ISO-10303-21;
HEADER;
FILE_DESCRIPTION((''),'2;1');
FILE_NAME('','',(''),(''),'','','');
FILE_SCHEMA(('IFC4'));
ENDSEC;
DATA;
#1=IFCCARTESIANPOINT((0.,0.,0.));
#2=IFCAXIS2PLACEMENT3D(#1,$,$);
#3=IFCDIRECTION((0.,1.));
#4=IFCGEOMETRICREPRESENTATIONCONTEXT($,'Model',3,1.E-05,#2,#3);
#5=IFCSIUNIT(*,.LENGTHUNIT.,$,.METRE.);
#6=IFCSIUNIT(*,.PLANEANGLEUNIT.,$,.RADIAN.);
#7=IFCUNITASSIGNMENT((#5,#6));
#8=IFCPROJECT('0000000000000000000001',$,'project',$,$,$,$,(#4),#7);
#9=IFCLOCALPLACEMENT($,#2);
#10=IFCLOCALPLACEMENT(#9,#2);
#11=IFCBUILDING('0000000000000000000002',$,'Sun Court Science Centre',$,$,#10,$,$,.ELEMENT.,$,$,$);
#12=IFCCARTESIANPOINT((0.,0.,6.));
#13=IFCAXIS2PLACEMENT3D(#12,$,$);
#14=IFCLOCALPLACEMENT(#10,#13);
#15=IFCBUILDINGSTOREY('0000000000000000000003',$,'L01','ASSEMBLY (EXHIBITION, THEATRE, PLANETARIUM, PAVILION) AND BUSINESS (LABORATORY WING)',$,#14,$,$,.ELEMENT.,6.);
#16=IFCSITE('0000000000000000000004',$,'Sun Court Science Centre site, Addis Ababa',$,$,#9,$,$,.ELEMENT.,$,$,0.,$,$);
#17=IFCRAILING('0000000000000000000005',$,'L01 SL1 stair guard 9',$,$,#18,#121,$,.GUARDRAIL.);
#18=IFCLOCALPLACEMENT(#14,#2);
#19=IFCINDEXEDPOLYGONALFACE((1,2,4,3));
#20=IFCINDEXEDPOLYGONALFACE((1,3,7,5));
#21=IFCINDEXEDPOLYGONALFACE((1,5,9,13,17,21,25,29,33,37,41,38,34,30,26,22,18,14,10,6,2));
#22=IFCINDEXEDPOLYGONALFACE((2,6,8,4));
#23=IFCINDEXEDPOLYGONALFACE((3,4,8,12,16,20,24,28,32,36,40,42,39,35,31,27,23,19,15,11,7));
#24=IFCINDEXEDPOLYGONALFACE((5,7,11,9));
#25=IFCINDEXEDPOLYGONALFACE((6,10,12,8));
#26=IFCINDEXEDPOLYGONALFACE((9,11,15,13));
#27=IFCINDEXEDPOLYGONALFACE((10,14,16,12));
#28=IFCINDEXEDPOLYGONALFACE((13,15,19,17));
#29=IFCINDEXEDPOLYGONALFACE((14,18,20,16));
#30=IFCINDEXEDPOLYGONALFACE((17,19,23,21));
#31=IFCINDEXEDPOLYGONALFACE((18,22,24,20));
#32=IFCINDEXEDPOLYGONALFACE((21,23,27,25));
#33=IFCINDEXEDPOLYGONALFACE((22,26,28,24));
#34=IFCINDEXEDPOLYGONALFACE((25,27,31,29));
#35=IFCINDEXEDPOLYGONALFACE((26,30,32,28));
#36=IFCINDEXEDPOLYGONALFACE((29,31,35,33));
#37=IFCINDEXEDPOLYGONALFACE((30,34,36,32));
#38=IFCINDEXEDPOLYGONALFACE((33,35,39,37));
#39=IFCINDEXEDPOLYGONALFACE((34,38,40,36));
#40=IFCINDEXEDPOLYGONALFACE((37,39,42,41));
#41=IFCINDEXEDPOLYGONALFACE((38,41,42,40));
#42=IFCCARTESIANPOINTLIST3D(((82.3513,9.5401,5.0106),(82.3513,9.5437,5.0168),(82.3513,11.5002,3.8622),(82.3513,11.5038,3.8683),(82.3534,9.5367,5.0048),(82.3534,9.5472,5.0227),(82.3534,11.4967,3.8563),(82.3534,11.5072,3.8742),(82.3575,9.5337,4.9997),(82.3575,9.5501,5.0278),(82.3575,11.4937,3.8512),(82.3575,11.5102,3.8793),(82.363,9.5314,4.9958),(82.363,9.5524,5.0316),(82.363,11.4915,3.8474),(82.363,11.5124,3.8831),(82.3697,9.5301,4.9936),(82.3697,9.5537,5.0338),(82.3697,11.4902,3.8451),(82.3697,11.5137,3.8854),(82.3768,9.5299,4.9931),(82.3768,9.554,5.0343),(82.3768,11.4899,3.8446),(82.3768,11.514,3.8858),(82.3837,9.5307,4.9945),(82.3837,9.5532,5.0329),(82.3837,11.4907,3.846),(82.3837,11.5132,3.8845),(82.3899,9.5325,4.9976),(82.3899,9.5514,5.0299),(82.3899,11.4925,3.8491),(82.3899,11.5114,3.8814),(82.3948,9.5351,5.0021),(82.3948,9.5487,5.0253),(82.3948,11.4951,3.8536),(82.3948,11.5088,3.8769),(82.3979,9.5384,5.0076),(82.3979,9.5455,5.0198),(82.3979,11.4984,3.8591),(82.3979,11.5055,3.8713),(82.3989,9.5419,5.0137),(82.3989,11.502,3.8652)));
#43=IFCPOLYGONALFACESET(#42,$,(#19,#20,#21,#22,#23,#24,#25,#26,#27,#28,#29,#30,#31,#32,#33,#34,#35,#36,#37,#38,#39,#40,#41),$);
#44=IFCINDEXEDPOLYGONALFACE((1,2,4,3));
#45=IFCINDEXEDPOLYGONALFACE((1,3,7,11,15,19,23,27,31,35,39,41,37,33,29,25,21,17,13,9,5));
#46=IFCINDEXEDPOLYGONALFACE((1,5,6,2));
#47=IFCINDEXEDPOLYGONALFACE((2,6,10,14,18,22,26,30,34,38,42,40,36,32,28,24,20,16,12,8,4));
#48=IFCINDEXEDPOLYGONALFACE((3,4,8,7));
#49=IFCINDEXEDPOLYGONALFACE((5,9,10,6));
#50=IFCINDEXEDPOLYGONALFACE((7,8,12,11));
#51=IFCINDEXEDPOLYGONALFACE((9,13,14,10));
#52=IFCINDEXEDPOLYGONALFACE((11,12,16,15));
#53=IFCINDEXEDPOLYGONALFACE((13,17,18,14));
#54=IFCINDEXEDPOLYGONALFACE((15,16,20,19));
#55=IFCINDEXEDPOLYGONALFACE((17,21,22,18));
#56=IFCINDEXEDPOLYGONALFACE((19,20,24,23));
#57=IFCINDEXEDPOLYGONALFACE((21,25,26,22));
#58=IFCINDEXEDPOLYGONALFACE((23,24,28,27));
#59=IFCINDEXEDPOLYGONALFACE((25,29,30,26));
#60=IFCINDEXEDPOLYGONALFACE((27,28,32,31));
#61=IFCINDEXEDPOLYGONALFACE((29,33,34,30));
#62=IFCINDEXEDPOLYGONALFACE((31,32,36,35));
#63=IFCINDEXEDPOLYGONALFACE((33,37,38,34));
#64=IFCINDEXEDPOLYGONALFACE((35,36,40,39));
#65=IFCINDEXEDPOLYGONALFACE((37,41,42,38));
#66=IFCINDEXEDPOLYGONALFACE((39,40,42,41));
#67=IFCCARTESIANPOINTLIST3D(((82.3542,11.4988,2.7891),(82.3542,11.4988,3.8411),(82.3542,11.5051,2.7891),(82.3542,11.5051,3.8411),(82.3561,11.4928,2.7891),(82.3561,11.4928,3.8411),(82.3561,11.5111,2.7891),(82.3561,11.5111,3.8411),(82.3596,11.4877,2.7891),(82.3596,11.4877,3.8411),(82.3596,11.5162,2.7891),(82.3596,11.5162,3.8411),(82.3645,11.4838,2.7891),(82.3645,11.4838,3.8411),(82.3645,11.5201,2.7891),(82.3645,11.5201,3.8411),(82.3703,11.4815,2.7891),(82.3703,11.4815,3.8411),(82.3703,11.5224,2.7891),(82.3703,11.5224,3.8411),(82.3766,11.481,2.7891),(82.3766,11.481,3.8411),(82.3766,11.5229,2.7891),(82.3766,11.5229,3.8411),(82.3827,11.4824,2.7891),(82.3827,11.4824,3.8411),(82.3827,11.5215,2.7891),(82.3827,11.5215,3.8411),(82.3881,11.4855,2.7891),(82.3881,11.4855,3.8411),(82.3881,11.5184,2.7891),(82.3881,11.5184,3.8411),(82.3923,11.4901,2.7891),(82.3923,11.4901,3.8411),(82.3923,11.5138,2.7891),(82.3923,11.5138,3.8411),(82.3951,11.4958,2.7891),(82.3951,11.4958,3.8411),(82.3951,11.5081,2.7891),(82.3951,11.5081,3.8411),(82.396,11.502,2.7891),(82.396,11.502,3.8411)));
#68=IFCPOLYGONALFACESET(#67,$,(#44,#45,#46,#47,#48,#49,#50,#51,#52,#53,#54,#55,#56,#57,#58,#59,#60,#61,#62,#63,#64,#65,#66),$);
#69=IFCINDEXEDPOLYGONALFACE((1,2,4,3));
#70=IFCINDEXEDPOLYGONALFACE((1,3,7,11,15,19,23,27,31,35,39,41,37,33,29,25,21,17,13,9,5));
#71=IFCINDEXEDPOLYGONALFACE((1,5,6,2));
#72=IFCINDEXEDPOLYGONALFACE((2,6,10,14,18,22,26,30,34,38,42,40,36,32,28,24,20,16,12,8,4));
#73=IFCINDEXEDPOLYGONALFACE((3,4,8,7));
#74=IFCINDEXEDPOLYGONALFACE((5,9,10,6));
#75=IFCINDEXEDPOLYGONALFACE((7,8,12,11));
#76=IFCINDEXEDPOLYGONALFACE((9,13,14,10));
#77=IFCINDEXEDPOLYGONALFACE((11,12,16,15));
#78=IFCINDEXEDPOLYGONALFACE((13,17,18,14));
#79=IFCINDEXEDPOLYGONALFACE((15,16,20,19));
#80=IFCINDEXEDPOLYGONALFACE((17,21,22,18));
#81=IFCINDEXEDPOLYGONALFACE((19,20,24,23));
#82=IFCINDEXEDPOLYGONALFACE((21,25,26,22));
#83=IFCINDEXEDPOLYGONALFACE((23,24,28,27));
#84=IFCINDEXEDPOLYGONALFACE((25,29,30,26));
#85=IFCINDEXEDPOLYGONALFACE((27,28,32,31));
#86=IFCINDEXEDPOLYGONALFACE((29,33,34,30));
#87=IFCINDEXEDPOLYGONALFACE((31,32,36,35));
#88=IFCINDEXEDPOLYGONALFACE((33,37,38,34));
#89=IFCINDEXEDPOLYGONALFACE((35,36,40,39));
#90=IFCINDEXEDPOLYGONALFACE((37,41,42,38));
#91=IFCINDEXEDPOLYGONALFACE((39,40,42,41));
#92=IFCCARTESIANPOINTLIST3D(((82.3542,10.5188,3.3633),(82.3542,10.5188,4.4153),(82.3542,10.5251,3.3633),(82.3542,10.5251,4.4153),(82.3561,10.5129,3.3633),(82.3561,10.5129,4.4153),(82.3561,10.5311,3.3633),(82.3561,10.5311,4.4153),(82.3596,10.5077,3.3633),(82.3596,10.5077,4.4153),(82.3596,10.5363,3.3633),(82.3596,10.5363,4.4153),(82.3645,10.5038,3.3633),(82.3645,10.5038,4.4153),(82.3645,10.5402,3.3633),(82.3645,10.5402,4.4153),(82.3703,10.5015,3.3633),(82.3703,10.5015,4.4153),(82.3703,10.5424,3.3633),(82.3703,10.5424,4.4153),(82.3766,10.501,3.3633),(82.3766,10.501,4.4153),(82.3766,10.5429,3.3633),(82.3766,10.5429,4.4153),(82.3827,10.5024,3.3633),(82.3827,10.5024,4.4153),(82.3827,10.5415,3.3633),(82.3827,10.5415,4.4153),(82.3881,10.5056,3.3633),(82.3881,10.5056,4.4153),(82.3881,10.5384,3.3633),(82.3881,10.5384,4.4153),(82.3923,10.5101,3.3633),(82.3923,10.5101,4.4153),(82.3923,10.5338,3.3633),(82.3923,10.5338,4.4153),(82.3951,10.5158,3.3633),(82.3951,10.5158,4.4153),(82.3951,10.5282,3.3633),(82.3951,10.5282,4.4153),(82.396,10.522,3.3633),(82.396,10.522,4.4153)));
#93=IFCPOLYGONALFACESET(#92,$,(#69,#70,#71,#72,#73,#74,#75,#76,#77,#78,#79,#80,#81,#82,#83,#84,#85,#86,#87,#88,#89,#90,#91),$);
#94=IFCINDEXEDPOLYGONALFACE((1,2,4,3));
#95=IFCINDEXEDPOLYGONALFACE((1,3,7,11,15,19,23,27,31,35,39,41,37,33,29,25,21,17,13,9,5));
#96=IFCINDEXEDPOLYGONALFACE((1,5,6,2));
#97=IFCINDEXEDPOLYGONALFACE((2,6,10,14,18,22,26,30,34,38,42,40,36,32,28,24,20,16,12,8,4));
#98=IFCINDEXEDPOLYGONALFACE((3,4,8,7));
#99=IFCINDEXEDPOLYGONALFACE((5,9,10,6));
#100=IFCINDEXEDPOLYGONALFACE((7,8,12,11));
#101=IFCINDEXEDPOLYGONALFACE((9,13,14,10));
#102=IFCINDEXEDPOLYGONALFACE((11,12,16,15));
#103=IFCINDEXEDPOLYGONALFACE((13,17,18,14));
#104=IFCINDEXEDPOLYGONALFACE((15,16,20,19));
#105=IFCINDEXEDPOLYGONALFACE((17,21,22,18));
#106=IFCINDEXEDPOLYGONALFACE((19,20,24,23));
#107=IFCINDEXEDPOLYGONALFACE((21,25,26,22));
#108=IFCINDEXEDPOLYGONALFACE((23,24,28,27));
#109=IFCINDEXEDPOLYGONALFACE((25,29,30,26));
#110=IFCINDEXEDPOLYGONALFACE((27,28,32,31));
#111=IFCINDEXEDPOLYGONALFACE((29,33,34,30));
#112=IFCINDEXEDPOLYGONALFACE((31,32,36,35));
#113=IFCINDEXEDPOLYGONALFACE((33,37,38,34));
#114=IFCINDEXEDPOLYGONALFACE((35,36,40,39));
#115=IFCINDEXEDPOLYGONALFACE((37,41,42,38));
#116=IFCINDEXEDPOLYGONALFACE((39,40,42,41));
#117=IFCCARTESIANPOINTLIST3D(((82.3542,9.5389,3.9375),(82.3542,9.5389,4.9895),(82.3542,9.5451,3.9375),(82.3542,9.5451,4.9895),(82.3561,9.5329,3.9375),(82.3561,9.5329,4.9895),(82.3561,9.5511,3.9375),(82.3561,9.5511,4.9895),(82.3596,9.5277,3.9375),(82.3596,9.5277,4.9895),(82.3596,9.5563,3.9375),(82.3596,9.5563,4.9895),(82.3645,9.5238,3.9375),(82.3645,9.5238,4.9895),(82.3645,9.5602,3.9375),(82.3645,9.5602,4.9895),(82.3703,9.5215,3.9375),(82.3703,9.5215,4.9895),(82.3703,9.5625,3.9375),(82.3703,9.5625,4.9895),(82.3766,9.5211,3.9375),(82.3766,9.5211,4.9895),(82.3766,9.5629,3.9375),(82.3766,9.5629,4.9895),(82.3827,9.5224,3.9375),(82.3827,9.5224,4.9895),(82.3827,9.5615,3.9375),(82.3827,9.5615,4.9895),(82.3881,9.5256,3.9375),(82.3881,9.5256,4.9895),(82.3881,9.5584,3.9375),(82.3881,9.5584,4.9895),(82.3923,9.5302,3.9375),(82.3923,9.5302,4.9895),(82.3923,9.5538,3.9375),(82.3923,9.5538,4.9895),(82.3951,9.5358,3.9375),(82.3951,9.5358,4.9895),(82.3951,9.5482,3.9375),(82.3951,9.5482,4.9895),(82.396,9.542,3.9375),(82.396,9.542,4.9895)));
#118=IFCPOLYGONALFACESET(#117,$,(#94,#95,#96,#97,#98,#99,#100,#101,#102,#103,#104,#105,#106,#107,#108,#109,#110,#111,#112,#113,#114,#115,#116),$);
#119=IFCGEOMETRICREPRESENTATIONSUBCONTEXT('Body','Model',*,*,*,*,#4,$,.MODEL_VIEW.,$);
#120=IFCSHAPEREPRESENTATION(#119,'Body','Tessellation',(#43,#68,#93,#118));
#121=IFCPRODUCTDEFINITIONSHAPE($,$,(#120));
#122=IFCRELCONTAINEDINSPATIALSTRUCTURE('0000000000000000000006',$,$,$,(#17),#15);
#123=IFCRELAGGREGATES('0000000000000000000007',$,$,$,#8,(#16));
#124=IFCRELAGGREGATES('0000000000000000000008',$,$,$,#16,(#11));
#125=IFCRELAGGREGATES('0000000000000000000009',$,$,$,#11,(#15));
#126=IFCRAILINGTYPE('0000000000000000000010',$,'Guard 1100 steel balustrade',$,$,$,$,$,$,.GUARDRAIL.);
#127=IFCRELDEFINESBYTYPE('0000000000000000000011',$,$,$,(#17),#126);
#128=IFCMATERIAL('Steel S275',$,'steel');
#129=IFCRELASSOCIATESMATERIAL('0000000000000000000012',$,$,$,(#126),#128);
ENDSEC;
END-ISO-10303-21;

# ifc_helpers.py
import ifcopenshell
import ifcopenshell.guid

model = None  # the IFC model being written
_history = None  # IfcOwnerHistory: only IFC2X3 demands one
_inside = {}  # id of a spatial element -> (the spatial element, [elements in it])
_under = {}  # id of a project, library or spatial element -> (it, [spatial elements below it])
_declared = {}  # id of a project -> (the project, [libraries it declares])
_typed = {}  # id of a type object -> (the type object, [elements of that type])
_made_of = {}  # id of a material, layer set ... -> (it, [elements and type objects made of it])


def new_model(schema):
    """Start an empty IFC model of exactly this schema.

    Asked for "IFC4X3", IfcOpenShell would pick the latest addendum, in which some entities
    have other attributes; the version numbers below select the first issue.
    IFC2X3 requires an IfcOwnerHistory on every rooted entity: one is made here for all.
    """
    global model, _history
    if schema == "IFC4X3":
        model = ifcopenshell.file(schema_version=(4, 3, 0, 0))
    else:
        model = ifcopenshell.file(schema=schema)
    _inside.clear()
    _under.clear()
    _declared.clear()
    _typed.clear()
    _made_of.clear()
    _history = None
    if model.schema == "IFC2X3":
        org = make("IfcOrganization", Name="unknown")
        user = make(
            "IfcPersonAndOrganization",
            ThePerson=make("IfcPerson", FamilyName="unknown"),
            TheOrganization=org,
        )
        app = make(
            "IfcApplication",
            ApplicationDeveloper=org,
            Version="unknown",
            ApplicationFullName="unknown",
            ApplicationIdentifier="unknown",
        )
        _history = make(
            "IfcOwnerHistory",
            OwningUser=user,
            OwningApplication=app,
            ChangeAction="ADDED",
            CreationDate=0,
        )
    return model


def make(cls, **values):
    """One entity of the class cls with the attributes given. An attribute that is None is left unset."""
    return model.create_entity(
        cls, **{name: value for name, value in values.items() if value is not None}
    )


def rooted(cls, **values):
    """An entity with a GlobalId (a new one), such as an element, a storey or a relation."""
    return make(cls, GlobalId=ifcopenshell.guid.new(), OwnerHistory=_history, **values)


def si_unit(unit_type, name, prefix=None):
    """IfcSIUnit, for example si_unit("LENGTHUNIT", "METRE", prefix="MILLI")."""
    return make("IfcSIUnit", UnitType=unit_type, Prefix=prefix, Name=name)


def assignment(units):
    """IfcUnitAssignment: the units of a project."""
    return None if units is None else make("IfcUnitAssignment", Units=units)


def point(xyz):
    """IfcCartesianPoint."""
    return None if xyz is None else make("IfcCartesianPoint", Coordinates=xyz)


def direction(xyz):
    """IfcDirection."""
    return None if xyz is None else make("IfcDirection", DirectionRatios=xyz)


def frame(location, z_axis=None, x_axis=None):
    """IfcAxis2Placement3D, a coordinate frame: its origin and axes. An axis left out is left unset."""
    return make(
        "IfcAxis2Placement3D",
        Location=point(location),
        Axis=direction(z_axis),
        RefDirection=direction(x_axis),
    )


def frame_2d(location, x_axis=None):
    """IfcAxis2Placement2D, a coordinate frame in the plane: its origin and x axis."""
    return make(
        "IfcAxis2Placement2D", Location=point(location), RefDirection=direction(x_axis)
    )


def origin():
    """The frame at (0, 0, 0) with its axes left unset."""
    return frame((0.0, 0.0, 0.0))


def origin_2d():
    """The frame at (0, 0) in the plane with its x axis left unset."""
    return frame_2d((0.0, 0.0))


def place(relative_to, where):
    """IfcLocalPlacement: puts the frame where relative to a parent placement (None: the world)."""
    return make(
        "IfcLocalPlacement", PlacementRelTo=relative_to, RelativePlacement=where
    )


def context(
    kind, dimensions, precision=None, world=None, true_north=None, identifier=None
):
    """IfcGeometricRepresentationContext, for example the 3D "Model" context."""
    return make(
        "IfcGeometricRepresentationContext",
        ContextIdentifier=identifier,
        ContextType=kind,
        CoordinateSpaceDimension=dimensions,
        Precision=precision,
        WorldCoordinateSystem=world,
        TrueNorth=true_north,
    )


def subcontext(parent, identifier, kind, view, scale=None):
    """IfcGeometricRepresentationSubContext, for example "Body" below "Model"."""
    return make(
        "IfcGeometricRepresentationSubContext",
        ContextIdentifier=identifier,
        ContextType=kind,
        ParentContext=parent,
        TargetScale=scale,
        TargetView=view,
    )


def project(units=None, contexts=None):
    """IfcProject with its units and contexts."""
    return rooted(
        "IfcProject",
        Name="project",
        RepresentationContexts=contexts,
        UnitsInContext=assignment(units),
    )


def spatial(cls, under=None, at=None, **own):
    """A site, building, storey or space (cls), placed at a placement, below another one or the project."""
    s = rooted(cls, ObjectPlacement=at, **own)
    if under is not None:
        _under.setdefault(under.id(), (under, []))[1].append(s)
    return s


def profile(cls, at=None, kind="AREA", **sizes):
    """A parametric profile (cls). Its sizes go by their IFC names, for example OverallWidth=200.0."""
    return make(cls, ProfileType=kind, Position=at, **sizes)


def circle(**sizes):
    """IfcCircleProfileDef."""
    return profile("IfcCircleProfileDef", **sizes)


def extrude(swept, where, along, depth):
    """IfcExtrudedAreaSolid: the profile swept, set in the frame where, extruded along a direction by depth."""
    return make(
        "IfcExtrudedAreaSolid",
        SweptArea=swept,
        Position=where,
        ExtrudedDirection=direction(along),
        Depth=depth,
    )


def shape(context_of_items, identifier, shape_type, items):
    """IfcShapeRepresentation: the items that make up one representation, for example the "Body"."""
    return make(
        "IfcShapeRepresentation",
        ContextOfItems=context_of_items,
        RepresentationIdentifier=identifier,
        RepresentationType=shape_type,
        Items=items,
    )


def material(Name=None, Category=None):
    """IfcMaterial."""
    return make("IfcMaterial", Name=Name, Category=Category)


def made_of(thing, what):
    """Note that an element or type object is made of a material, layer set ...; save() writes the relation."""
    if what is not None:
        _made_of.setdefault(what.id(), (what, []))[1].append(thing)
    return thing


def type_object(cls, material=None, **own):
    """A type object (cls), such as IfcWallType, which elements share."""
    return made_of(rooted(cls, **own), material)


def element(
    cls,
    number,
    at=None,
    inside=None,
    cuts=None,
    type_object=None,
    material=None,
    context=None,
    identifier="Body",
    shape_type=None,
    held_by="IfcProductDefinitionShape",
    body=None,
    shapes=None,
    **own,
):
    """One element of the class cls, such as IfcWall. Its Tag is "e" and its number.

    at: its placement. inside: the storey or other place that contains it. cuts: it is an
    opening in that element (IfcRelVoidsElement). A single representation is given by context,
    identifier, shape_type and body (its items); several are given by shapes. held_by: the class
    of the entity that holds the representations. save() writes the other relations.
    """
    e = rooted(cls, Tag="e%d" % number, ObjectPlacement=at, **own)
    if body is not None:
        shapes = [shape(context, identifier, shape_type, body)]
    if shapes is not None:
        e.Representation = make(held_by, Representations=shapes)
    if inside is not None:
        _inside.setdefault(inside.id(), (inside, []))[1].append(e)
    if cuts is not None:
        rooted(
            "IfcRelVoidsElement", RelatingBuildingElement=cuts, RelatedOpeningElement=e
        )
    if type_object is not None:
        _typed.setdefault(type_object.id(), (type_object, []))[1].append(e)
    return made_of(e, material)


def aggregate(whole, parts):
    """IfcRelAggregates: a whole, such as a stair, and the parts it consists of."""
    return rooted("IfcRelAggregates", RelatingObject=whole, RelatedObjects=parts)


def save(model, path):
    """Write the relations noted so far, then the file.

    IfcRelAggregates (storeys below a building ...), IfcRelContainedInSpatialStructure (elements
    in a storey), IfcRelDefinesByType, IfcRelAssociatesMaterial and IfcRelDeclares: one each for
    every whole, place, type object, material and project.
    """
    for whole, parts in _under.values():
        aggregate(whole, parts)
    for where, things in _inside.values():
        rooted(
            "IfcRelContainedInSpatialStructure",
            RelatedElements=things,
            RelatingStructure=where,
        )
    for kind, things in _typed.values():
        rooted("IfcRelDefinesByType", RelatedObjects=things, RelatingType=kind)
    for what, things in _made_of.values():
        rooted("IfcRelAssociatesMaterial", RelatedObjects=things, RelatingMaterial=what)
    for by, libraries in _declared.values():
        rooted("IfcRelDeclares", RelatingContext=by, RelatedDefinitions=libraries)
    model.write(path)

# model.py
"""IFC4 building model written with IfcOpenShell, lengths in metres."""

from ifc_helpers import new_model, si_unit, direction, frame, origin, origin_2d, place, context, subcontext, project, spatial, circle, extrude, material, type_object, element, save


model = new_model("IFC4")

# Units and contexts
model_context = context("Model", 3, precision=1e-05, world=origin(), true_north=direction((0.0, 1.0)))
body_context = subcontext(model_context, "Body", "Model", "MODEL_VIEW")
ifc_project = project(units=[si_unit("LENGTHUNIT", "METRE"), si_unit("PLANEANGLEUNIT", "RADIAN")], contexts=[model_context])

# Site, building, storey
site_placement = place(None, origin())
site = spatial("IfcSite", under=ifc_project, at=site_placement, Name="Sun Court Science Centre site, Addis Ababa", CompositionType="ELEMENT", RefElevation=0.0)
building_placement = place(site_placement, origin())
building = spatial("IfcBuilding", under=site, at=building_placement, Name="Sun Court Science Centre", CompositionType="ELEMENT")
storey_placement = place(building_placement, frame((0.0, 0.0, 6.0)))
storey = spatial("IfcBuildingStorey", under=building, at=storey_placement, Name="L01", Description="ASSEMBLY (EXHIBITION, THEATRE, PLANETARIUM, PAVILION) AND BUSINESS (LABORATORY WING)", CompositionType="ELEMENT", Elevation=6.0)

# Railing
ifc_material_1 = material(Name="Steel S275", Category="steel")
railing_type_1 = type_object("IfcRailingType", Name="Guard 1100 steel balustrade", PredefinedType="GUARDRAIL", material=ifc_material_1)
railing_1_placement = place(storey_placement, frame((82.375, 11.502, 2.7891)))
element("IfcRailing", 1, at=railing_1_placement, inside=storey, type_object=railing_type_1, Name="L01 SL1 stair guard 9", PredefinedType="GUARDRAIL", context=body_context, shape_type="SweptSolid", body=[
    extrude(circle(Radius=0.0239, at=origin_2d()), frame((0.0, 0.0, 1.0762), z_axis=(0.0, -0.862795, 0.505554), x_axis=(1.0, 0.0, 0.0)), (0.0, 0.0, 1.0), 2.2717),
    extrude(circle(Radius=0.021, at=origin_2d()), origin(), (0.0, 0.0, 1.0), 1.052),
    extrude(circle(Radius=0.021, at=origin_2d()), frame((0.0, -0.98, 0.5742)), (0.0, 0.0, 1.0), 1.052),
    extrude(circle(Radius=0.021, at=origin_2d()), frame((0.0, -1.96, 1.1484)), (0.0, 0.0, 1.0), 1.052),
])

save(model, "model.ifc")
